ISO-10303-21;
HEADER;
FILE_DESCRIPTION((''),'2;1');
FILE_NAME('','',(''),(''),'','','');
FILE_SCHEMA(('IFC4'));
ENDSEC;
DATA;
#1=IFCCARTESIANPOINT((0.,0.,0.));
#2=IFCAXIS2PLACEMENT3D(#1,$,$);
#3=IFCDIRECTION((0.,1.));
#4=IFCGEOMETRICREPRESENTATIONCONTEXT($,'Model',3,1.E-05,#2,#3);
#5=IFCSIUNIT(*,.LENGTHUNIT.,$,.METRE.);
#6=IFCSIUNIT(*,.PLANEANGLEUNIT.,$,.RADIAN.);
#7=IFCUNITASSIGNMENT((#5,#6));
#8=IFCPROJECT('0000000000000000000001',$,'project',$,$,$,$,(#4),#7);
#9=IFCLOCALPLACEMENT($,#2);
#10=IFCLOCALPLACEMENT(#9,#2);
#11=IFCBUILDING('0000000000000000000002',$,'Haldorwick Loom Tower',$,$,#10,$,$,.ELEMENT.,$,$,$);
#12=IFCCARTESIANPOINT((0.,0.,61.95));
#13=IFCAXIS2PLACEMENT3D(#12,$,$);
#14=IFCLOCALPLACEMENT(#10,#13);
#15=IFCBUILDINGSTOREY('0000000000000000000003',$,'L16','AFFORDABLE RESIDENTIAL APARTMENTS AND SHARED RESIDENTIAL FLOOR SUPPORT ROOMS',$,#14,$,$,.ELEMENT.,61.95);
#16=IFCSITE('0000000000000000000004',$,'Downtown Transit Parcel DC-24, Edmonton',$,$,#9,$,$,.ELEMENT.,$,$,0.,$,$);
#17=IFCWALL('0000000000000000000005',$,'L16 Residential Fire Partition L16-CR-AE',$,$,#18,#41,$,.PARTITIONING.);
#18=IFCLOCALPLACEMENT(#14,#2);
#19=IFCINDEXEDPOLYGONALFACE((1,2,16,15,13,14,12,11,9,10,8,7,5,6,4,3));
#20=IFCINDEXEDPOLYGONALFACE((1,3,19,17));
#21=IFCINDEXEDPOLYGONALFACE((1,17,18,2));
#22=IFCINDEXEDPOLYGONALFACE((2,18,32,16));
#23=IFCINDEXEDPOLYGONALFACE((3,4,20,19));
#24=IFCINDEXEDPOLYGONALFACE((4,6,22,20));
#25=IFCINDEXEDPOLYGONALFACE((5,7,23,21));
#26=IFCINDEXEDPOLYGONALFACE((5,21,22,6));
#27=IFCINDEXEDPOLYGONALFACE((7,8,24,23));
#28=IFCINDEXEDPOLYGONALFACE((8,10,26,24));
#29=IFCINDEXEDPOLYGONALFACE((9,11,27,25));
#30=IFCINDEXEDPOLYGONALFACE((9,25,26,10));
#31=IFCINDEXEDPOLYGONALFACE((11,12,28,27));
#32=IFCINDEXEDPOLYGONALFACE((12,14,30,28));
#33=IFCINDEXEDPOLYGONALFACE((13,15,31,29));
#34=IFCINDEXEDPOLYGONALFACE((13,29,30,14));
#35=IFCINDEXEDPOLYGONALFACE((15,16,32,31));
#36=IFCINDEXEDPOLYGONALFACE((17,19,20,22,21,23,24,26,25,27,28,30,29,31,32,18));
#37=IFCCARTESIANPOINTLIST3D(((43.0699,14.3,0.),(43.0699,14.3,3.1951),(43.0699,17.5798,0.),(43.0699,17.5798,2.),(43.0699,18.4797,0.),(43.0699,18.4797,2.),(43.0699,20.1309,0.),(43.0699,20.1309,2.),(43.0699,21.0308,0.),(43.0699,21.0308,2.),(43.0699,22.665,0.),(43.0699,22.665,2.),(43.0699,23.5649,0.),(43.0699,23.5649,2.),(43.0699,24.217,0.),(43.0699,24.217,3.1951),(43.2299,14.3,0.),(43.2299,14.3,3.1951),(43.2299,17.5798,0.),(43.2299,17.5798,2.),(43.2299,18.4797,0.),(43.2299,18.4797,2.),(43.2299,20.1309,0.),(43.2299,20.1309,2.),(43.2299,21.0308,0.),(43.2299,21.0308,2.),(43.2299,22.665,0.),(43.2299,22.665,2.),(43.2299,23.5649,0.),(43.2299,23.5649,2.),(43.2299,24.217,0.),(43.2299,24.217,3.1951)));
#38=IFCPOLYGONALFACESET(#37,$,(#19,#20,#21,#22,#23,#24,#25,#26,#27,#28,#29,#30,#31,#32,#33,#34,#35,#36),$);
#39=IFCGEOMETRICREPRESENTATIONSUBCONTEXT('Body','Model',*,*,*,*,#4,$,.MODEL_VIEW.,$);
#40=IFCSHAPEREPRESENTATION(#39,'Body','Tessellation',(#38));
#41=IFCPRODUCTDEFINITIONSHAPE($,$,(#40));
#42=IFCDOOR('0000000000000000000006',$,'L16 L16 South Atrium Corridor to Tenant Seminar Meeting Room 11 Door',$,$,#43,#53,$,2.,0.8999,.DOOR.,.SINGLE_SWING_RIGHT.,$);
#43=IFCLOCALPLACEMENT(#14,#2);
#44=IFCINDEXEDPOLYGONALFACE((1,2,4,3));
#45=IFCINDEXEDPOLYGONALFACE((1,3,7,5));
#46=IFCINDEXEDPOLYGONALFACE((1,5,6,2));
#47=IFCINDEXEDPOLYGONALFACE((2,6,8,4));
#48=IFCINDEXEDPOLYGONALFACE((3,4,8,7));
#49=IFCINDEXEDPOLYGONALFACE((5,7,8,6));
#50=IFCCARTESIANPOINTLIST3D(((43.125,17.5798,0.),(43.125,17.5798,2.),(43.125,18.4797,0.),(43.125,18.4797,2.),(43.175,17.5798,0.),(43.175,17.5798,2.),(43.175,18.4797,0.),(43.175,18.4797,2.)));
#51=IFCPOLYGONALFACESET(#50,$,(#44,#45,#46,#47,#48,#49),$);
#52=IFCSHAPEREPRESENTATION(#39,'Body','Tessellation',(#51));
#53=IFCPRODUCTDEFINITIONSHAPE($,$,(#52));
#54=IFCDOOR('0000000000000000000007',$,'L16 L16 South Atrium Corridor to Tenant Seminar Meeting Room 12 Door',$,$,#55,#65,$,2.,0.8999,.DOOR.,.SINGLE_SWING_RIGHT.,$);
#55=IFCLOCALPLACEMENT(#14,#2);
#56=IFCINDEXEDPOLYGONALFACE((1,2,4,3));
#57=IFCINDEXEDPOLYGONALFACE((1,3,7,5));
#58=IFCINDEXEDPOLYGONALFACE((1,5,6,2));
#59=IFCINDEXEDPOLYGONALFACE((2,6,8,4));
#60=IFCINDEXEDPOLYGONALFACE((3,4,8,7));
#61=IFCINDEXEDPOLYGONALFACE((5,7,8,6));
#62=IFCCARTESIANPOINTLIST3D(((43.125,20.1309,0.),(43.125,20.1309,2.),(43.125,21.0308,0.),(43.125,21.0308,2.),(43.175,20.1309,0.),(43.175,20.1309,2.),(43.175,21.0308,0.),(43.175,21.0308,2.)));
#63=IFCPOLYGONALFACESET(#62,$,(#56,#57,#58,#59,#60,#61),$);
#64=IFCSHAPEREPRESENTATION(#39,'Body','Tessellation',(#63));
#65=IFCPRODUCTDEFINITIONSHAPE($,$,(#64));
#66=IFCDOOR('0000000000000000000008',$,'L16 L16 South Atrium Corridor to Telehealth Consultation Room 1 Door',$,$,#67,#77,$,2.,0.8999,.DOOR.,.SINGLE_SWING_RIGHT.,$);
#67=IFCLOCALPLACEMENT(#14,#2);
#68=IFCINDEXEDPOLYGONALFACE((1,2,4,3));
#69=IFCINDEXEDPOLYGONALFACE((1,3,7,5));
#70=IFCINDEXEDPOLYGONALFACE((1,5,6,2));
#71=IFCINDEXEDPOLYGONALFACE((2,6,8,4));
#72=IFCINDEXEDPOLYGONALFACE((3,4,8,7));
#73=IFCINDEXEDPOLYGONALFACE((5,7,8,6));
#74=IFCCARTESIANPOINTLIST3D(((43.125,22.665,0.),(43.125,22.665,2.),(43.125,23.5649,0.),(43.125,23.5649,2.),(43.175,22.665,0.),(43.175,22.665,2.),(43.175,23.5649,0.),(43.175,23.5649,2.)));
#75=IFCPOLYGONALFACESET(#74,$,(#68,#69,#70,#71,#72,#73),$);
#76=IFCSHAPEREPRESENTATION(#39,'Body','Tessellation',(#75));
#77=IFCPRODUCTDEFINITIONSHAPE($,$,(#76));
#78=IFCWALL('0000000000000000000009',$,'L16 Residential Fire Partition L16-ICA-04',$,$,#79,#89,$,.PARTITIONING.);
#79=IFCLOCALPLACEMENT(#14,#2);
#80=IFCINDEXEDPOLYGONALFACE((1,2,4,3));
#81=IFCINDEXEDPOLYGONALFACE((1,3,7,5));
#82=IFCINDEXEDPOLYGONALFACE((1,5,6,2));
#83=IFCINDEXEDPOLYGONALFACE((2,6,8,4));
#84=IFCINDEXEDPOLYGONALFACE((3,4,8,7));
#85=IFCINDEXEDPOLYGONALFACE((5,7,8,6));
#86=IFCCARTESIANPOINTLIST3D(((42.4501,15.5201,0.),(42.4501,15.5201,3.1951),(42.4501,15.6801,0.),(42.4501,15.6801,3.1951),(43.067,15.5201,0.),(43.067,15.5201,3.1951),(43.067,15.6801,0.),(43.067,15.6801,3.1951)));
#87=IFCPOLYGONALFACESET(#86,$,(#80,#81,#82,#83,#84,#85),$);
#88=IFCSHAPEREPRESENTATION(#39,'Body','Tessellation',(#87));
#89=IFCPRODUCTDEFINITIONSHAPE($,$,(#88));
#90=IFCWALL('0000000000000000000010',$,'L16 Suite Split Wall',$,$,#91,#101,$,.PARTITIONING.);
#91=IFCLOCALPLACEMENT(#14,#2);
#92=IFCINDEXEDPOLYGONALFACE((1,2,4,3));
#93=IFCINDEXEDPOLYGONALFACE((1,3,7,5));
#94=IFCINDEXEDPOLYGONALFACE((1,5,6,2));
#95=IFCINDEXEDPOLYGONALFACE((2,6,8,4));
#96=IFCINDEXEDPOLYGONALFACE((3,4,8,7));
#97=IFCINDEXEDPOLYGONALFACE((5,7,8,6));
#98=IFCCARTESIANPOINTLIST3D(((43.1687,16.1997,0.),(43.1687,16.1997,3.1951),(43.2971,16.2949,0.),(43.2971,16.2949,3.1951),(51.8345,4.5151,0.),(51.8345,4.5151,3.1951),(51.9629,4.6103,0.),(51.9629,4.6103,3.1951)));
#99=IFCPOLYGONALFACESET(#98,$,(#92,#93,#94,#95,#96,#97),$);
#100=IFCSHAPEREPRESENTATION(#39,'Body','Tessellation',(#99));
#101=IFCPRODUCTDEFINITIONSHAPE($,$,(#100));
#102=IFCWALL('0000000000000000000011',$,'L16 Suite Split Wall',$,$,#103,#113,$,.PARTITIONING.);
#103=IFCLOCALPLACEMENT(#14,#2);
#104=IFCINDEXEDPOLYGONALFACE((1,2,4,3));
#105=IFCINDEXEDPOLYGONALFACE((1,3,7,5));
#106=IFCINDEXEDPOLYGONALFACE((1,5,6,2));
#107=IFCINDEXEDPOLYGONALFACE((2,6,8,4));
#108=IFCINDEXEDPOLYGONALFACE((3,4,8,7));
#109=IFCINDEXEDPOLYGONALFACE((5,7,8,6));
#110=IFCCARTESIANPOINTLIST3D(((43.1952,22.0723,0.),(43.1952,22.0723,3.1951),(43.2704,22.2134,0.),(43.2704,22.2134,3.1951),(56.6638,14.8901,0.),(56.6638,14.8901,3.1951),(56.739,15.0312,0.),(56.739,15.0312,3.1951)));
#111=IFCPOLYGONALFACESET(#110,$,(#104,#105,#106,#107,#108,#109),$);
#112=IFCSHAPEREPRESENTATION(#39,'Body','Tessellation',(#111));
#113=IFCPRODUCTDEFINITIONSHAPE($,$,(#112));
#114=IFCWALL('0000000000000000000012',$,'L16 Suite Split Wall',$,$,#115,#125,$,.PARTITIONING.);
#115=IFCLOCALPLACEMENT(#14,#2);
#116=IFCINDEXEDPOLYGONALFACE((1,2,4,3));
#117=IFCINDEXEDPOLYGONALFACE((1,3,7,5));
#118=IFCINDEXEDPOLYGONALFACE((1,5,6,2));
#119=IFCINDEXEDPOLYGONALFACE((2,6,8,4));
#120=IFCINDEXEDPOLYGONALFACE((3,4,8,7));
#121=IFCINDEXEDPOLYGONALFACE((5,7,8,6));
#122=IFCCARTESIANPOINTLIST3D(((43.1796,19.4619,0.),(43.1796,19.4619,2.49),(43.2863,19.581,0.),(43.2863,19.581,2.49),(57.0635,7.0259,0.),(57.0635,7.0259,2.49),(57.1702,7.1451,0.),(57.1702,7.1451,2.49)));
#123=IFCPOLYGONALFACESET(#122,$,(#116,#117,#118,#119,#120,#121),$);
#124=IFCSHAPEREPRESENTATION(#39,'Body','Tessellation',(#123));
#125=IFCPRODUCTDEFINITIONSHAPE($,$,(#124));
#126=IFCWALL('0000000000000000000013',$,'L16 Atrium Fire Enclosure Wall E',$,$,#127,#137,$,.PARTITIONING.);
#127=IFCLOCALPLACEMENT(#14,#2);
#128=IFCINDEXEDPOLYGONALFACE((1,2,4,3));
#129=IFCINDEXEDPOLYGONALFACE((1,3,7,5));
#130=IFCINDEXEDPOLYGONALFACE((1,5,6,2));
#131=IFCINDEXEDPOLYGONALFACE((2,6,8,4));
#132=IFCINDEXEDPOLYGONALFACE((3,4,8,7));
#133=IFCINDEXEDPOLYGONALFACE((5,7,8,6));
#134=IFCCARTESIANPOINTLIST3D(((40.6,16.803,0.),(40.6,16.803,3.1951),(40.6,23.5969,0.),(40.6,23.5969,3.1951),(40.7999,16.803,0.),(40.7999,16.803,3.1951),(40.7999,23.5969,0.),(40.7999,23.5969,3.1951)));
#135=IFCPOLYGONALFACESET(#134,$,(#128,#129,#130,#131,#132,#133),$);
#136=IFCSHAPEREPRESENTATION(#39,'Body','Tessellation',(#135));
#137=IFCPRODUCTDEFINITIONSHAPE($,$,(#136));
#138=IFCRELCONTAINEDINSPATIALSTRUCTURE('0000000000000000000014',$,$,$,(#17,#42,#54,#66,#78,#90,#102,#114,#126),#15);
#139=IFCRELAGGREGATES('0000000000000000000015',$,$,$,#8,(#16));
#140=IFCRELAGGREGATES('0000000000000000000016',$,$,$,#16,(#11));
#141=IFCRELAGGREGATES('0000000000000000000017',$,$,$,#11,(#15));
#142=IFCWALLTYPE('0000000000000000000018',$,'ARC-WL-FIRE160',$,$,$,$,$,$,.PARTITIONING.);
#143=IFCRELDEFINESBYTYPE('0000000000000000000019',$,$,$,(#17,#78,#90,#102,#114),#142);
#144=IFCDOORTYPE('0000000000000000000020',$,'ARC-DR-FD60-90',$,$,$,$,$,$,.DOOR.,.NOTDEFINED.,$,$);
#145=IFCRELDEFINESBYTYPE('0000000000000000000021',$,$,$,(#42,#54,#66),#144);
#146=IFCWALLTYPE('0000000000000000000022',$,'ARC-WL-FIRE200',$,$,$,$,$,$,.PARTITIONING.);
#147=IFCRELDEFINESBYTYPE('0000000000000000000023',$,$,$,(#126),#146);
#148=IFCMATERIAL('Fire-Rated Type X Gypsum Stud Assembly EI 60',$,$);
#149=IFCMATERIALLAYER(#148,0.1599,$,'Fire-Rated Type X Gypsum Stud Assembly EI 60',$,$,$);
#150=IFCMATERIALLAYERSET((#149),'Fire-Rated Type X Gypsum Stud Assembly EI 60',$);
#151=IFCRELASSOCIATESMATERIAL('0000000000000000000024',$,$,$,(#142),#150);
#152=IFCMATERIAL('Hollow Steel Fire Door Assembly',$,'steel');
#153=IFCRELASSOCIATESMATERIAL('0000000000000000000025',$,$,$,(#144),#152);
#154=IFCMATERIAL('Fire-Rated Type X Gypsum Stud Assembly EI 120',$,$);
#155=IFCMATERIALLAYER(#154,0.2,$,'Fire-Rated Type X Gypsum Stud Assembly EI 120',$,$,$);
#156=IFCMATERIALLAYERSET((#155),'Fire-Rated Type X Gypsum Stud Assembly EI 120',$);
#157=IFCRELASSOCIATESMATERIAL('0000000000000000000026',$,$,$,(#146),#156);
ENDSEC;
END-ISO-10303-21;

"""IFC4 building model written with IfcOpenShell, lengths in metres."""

from ifc_helpers import new_model, si_unit, direction, frame, frame_2d, origin, place, context, subcontext, project, spatial, rectangle, extrude, material, layer, layer_set, type_object, element, fill, save


model = new_model("IFC4")

# Units and contexts
model_context = context("Model", 3, precision=1e-05, world=origin(), true_north=direction((0.0, 1.0)))
body_context = subcontext(model_context, "Body", "Model", "MODEL_VIEW")
ifc_project = project(units=[si_unit("LENGTHUNIT", "METRE"), si_unit("PLANEANGLEUNIT", "RADIAN")], contexts=[model_context])

# Site, building, storey
site_placement = place(None, origin())
site = spatial("IfcSite", under=ifc_project, at=site_placement, Name="Downtown Transit Parcel DC-24, Edmonton", CompositionType="ELEMENT", RefElevation=0.0)
building_placement = place(site_placement, origin())
building = spatial("IfcBuilding", under=site, at=building_placement, Name="Haldorwick Loom Tower", CompositionType="ELEMENT")
storey_placement = place(building_placement, frame((0.0, 0.0, 61.95)))
storey = spatial("IfcBuildingStorey", under=building, at=storey_placement, Name="L16", Description="AFFORDABLE RESIDENTIAL APARTMENTS AND SHARED RESIDENTIAL FLOOR SUPPORT ROOMS", CompositionType="ELEMENT", Elevation=61.95)

# Wall, openings, doors
ifc_material_1 = material(Name="Fire-Rated Type X Gypsum Stud Assembly EI 60")
ifc_layer_1 = layer(ifc_material_1, 0.1599, Name="Fire-Rated Type X Gypsum Stud Assembly EI 60")
ifc_layer_set_1 = layer_set([ifc_layer_1], Name="Fire-Rated Type X Gypsum Stud Assembly EI 60")
wall_type_1 = type_object("IfcWallType", Name="ARC-WL-FIRE160", PredefinedType="PARTITIONING", material=ifc_layer_set_1)
wall_1_placement = place(storey_placement, frame((43.1499, 14.3, 0.0), z_axis=(0.0, 0.0, 1.0), x_axis=(0.0, 1.0, 0.0)))
wall_1 = element("IfcWall", 1, at=wall_1_placement, inside=storey, type_object=wall_type_1, Name="L16 Residential Fire Partition L16-CR-AE", PredefinedType="PARTITIONING", context=body_context, shape_type="SweptSolid", body=[
    extrude(rectangle(XDim=9.917, YDim=0.1599, at=frame_2d((4.9585, 0.0))), origin(), (0.0, 0.0, 1.0), 3.1951),
])
opening_1_placement = place(wall_1_placement, frame((3.2798, 0.0, 0.0)))
opening_1 = element("IfcOpeningElement", 2, at=opening_1_placement, cuts=wall_1, PredefinedType="OPENING", context=body_context, shape_type="SweptSolid", body=[
    extrude(rectangle(XDim=0.8999, YDim=2.0, at=frame_2d((0.45, 1.0))), frame((0.0, 0.0898, 0.0), z_axis=(0.0, -1.0, 0.0), x_axis=(1.0, 0.0, 0.0)), (0.0, 0.0, 1.0), 0.1799),
])
opening_2_placement = place(wall_1_placement, frame((5.8308, 0.0, 0.0)))
opening_2 = element("IfcOpeningElement", 3, at=opening_2_placement, cuts=wall_1, PredefinedType="OPENING", context=body_context, shape_type="SweptSolid", body=[
    extrude(rectangle(XDim=0.8999, YDim=2.0, at=frame_2d((0.45, 1.0))), frame((0.0, 0.0898, 0.0), z_axis=(0.0, -1.0, 0.0), x_axis=(1.0, 0.0, 0.0)), (0.0, 0.0, 1.0), 0.1799),
])
opening_3_placement = place(wall_1_placement, frame((8.365, 0.0, 0.0)))
opening_3 = element("IfcOpeningElement", 4, at=opening_3_placement, cuts=wall_1, PredefinedType="OPENING", context=body_context, shape_type="SweptSolid", body=[
    extrude(rectangle(XDim=0.8999, YDim=2.0, at=frame_2d((0.45, 1.0))), frame((0.0, 0.0898, 0.0), z_axis=(0.0, -1.0, 0.0), x_axis=(1.0, 0.0, 0.0)), (0.0, 0.0, 1.0), 0.1799),
])
ifc_material_2 = material(Name="Hollow Steel Fire Door Assembly", Category="steel")
door_type = type_object("IfcDoorType", Name="ARC-DR-FD60-90", OperationType="NOTDEFINED", PredefinedType="DOOR", material=ifc_material_2)
door_1_placement = place(opening_1_placement, origin())
door_1 = element("IfcDoor", 5, at=door_1_placement, inside=storey, type_object=door_type, Name="L16 L16 South Atrium Corridor to Tenant Seminar Meeting Room 11 Door", OperationType="SINGLE_SWING_RIGHT", OverallHeight=2.0, OverallWidth=0.8999, PredefinedType="DOOR", context=body_context, shape_type="SweptSolid", body=[
    extrude(rectangle(XDim=0.8999, YDim=2.0, at=frame_2d((0.45, 1.0))), frame((0.0, 0.0249, 0.0), z_axis=(0.0, -1.0, 0.0), x_axis=(1.0, 0.0, 0.0)), (0.0, 0.0, 1.0), 0.05),
])
fill(opening_1, door_1)
door_2_placement = place(opening_2_placement, origin())
door_2 = element("IfcDoor", 6, at=door_2_placement, inside=storey, type_object=door_type, Name="L16 L16 South Atrium Corridor to Tenant Seminar Meeting Room 12 Door", OperationType="SINGLE_SWING_RIGHT", OverallHeight=2.0, OverallWidth=0.8999, PredefinedType="DOOR", context=body_context, shape_type="SweptSolid", body=[
    extrude(rectangle(XDim=0.8999, YDim=2.0, at=frame_2d((0.45, 1.0))), frame((0.0, 0.0249, 0.0), z_axis=(0.0, -1.0, 0.0), x_axis=(1.0, 0.0, 0.0)), (0.0, 0.0, 1.0), 0.05),
])
fill(opening_2, door_2)
door_3_placement = place(opening_3_placement, origin())
door_3 = element("IfcDoor", 7, at=door_3_placement, inside=storey, type_object=door_type, Name="L16 L16 South Atrium Corridor to Telehealth Consultation Room 1 Door", OperationType="SINGLE_SWING_RIGHT", OverallHeight=2.0, OverallWidth=0.8999, PredefinedType="DOOR", context=body_context, shape_type="SweptSolid", body=[
    extrude(rectangle(XDim=0.8999, YDim=2.0, at=frame_2d((0.45, 1.0))), frame((0.0, 0.0249, 0.0), z_axis=(0.0, -1.0, 0.0), x_axis=(1.0, 0.0, 0.0)), (0.0, 0.0, 1.0), 0.05),
])
fill(opening_3, door_3)

# Walls
wall_2_placement = place(storey_placement, frame((42.45, 15.6001, 0.0), z_axis=(0.0, 0.0, 1.0), x_axis=(1.0, 0.0, 0.0)))
element("IfcWall", 8, at=wall_2_placement, inside=storey, type_object=wall_type_1, Name="L16 Residential Fire Partition L16-ICA-04", PredefinedType="PARTITIONING", context=body_context, shape_type="SweptSolid", body=[
    extrude(rectangle(XDim=0.6169, YDim=0.1599, at=frame_2d((0.3086, 0.0))), origin(), (0.0, 0.0, 1.0), 3.1951),
])
wall_3_placement = place(storey_placement, frame((43.2329, 16.2473, 0.0), z_axis=(0.0, 0.0, 1.0), x_axis=(0.595695, -0.803211, 0.0)))
element("IfcWall", 9, at=wall_3_placement, inside=storey, type_object=wall_type_1, Name="L16 Suite Split Wall", PredefinedType="PARTITIONING", context=body_context, shape_type="SweptSolid", body=[
    extrude(rectangle(XDim=14.5474, YDim=0.1599, at=frame_2d((7.2737, 0.0))), origin(), (0.0, 0.0, 1.0), 3.1951),
])
wall_4_placement = place(storey_placement, frame((43.2329, 22.1428, 0.0), z_axis=(0.0, 0.0, 1.0), x_axis=(0.882382, -0.470533, 0.0)))
element("IfcWall", 10, at=wall_4_placement, inside=storey, type_object=wall_type_1, Name="L16 Suite Split Wall", PredefinedType="PARTITIONING", context=body_context, shape_type="SweptSolid", body=[
    extrude(rectangle(XDim=15.2639, YDim=0.1599, at=frame_2d((7.6318, 0.0))), origin(), (0.0, 0.0, 1.0), 3.1951),
])
wall_5_placement = place(storey_placement, frame((43.2329, 19.5215, 0.0), z_axis=(0.0, 0.0, 1.0), x_axis=(0.744882, -0.667196, 0.0)))
element("IfcWall", 11, at=wall_5_placement, inside=storey, type_object=wall_type_1, Name="L16 Suite Split Wall", PredefinedType="PARTITIONING", context=body_context, shape_type="SweptSolid", body=[
    extrude(rectangle(XDim=18.6392, YDim=0.1599, at=frame_2d((9.3196, 0.0))), origin(), (0.0, 0.0, 1.0), 2.49),
])
ifc_material_3 = material(Name="Fire-Rated Type X Gypsum Stud Assembly EI 120")
ifc_layer_2 = layer(ifc_material_3, 0.2, Name="Fire-Rated Type X Gypsum Stud Assembly EI 120")
ifc_layer_set_2 = layer_set([ifc_layer_2], Name="Fire-Rated Type X Gypsum Stud Assembly EI 120")
wall_type_2 = type_object("IfcWallType", Name="ARC-WL-FIRE200", PredefinedType="PARTITIONING", material=ifc_layer_set_2)
wall_6_placement = place(storey_placement, frame((40.7, 23.5969, 0.0), z_axis=(0.0, 0.0, 1.0), x_axis=(0.0, -1.0, 0.0)))
element("IfcWall", 12, at=wall_6_placement, inside=storey, type_object=wall_type_2, Name="L16 Atrium Fire Enclosure Wall E", PredefinedType="PARTITIONING", context=body_context, shape_type="SweptSolid", body=[
    extrude(rectangle(XDim=6.7939, YDim=0.2, at=frame_2d((3.397, 0.0))), origin(), (0.0, 0.0, 1.0), 3.1951),
])

save(model, "model.ifc")
